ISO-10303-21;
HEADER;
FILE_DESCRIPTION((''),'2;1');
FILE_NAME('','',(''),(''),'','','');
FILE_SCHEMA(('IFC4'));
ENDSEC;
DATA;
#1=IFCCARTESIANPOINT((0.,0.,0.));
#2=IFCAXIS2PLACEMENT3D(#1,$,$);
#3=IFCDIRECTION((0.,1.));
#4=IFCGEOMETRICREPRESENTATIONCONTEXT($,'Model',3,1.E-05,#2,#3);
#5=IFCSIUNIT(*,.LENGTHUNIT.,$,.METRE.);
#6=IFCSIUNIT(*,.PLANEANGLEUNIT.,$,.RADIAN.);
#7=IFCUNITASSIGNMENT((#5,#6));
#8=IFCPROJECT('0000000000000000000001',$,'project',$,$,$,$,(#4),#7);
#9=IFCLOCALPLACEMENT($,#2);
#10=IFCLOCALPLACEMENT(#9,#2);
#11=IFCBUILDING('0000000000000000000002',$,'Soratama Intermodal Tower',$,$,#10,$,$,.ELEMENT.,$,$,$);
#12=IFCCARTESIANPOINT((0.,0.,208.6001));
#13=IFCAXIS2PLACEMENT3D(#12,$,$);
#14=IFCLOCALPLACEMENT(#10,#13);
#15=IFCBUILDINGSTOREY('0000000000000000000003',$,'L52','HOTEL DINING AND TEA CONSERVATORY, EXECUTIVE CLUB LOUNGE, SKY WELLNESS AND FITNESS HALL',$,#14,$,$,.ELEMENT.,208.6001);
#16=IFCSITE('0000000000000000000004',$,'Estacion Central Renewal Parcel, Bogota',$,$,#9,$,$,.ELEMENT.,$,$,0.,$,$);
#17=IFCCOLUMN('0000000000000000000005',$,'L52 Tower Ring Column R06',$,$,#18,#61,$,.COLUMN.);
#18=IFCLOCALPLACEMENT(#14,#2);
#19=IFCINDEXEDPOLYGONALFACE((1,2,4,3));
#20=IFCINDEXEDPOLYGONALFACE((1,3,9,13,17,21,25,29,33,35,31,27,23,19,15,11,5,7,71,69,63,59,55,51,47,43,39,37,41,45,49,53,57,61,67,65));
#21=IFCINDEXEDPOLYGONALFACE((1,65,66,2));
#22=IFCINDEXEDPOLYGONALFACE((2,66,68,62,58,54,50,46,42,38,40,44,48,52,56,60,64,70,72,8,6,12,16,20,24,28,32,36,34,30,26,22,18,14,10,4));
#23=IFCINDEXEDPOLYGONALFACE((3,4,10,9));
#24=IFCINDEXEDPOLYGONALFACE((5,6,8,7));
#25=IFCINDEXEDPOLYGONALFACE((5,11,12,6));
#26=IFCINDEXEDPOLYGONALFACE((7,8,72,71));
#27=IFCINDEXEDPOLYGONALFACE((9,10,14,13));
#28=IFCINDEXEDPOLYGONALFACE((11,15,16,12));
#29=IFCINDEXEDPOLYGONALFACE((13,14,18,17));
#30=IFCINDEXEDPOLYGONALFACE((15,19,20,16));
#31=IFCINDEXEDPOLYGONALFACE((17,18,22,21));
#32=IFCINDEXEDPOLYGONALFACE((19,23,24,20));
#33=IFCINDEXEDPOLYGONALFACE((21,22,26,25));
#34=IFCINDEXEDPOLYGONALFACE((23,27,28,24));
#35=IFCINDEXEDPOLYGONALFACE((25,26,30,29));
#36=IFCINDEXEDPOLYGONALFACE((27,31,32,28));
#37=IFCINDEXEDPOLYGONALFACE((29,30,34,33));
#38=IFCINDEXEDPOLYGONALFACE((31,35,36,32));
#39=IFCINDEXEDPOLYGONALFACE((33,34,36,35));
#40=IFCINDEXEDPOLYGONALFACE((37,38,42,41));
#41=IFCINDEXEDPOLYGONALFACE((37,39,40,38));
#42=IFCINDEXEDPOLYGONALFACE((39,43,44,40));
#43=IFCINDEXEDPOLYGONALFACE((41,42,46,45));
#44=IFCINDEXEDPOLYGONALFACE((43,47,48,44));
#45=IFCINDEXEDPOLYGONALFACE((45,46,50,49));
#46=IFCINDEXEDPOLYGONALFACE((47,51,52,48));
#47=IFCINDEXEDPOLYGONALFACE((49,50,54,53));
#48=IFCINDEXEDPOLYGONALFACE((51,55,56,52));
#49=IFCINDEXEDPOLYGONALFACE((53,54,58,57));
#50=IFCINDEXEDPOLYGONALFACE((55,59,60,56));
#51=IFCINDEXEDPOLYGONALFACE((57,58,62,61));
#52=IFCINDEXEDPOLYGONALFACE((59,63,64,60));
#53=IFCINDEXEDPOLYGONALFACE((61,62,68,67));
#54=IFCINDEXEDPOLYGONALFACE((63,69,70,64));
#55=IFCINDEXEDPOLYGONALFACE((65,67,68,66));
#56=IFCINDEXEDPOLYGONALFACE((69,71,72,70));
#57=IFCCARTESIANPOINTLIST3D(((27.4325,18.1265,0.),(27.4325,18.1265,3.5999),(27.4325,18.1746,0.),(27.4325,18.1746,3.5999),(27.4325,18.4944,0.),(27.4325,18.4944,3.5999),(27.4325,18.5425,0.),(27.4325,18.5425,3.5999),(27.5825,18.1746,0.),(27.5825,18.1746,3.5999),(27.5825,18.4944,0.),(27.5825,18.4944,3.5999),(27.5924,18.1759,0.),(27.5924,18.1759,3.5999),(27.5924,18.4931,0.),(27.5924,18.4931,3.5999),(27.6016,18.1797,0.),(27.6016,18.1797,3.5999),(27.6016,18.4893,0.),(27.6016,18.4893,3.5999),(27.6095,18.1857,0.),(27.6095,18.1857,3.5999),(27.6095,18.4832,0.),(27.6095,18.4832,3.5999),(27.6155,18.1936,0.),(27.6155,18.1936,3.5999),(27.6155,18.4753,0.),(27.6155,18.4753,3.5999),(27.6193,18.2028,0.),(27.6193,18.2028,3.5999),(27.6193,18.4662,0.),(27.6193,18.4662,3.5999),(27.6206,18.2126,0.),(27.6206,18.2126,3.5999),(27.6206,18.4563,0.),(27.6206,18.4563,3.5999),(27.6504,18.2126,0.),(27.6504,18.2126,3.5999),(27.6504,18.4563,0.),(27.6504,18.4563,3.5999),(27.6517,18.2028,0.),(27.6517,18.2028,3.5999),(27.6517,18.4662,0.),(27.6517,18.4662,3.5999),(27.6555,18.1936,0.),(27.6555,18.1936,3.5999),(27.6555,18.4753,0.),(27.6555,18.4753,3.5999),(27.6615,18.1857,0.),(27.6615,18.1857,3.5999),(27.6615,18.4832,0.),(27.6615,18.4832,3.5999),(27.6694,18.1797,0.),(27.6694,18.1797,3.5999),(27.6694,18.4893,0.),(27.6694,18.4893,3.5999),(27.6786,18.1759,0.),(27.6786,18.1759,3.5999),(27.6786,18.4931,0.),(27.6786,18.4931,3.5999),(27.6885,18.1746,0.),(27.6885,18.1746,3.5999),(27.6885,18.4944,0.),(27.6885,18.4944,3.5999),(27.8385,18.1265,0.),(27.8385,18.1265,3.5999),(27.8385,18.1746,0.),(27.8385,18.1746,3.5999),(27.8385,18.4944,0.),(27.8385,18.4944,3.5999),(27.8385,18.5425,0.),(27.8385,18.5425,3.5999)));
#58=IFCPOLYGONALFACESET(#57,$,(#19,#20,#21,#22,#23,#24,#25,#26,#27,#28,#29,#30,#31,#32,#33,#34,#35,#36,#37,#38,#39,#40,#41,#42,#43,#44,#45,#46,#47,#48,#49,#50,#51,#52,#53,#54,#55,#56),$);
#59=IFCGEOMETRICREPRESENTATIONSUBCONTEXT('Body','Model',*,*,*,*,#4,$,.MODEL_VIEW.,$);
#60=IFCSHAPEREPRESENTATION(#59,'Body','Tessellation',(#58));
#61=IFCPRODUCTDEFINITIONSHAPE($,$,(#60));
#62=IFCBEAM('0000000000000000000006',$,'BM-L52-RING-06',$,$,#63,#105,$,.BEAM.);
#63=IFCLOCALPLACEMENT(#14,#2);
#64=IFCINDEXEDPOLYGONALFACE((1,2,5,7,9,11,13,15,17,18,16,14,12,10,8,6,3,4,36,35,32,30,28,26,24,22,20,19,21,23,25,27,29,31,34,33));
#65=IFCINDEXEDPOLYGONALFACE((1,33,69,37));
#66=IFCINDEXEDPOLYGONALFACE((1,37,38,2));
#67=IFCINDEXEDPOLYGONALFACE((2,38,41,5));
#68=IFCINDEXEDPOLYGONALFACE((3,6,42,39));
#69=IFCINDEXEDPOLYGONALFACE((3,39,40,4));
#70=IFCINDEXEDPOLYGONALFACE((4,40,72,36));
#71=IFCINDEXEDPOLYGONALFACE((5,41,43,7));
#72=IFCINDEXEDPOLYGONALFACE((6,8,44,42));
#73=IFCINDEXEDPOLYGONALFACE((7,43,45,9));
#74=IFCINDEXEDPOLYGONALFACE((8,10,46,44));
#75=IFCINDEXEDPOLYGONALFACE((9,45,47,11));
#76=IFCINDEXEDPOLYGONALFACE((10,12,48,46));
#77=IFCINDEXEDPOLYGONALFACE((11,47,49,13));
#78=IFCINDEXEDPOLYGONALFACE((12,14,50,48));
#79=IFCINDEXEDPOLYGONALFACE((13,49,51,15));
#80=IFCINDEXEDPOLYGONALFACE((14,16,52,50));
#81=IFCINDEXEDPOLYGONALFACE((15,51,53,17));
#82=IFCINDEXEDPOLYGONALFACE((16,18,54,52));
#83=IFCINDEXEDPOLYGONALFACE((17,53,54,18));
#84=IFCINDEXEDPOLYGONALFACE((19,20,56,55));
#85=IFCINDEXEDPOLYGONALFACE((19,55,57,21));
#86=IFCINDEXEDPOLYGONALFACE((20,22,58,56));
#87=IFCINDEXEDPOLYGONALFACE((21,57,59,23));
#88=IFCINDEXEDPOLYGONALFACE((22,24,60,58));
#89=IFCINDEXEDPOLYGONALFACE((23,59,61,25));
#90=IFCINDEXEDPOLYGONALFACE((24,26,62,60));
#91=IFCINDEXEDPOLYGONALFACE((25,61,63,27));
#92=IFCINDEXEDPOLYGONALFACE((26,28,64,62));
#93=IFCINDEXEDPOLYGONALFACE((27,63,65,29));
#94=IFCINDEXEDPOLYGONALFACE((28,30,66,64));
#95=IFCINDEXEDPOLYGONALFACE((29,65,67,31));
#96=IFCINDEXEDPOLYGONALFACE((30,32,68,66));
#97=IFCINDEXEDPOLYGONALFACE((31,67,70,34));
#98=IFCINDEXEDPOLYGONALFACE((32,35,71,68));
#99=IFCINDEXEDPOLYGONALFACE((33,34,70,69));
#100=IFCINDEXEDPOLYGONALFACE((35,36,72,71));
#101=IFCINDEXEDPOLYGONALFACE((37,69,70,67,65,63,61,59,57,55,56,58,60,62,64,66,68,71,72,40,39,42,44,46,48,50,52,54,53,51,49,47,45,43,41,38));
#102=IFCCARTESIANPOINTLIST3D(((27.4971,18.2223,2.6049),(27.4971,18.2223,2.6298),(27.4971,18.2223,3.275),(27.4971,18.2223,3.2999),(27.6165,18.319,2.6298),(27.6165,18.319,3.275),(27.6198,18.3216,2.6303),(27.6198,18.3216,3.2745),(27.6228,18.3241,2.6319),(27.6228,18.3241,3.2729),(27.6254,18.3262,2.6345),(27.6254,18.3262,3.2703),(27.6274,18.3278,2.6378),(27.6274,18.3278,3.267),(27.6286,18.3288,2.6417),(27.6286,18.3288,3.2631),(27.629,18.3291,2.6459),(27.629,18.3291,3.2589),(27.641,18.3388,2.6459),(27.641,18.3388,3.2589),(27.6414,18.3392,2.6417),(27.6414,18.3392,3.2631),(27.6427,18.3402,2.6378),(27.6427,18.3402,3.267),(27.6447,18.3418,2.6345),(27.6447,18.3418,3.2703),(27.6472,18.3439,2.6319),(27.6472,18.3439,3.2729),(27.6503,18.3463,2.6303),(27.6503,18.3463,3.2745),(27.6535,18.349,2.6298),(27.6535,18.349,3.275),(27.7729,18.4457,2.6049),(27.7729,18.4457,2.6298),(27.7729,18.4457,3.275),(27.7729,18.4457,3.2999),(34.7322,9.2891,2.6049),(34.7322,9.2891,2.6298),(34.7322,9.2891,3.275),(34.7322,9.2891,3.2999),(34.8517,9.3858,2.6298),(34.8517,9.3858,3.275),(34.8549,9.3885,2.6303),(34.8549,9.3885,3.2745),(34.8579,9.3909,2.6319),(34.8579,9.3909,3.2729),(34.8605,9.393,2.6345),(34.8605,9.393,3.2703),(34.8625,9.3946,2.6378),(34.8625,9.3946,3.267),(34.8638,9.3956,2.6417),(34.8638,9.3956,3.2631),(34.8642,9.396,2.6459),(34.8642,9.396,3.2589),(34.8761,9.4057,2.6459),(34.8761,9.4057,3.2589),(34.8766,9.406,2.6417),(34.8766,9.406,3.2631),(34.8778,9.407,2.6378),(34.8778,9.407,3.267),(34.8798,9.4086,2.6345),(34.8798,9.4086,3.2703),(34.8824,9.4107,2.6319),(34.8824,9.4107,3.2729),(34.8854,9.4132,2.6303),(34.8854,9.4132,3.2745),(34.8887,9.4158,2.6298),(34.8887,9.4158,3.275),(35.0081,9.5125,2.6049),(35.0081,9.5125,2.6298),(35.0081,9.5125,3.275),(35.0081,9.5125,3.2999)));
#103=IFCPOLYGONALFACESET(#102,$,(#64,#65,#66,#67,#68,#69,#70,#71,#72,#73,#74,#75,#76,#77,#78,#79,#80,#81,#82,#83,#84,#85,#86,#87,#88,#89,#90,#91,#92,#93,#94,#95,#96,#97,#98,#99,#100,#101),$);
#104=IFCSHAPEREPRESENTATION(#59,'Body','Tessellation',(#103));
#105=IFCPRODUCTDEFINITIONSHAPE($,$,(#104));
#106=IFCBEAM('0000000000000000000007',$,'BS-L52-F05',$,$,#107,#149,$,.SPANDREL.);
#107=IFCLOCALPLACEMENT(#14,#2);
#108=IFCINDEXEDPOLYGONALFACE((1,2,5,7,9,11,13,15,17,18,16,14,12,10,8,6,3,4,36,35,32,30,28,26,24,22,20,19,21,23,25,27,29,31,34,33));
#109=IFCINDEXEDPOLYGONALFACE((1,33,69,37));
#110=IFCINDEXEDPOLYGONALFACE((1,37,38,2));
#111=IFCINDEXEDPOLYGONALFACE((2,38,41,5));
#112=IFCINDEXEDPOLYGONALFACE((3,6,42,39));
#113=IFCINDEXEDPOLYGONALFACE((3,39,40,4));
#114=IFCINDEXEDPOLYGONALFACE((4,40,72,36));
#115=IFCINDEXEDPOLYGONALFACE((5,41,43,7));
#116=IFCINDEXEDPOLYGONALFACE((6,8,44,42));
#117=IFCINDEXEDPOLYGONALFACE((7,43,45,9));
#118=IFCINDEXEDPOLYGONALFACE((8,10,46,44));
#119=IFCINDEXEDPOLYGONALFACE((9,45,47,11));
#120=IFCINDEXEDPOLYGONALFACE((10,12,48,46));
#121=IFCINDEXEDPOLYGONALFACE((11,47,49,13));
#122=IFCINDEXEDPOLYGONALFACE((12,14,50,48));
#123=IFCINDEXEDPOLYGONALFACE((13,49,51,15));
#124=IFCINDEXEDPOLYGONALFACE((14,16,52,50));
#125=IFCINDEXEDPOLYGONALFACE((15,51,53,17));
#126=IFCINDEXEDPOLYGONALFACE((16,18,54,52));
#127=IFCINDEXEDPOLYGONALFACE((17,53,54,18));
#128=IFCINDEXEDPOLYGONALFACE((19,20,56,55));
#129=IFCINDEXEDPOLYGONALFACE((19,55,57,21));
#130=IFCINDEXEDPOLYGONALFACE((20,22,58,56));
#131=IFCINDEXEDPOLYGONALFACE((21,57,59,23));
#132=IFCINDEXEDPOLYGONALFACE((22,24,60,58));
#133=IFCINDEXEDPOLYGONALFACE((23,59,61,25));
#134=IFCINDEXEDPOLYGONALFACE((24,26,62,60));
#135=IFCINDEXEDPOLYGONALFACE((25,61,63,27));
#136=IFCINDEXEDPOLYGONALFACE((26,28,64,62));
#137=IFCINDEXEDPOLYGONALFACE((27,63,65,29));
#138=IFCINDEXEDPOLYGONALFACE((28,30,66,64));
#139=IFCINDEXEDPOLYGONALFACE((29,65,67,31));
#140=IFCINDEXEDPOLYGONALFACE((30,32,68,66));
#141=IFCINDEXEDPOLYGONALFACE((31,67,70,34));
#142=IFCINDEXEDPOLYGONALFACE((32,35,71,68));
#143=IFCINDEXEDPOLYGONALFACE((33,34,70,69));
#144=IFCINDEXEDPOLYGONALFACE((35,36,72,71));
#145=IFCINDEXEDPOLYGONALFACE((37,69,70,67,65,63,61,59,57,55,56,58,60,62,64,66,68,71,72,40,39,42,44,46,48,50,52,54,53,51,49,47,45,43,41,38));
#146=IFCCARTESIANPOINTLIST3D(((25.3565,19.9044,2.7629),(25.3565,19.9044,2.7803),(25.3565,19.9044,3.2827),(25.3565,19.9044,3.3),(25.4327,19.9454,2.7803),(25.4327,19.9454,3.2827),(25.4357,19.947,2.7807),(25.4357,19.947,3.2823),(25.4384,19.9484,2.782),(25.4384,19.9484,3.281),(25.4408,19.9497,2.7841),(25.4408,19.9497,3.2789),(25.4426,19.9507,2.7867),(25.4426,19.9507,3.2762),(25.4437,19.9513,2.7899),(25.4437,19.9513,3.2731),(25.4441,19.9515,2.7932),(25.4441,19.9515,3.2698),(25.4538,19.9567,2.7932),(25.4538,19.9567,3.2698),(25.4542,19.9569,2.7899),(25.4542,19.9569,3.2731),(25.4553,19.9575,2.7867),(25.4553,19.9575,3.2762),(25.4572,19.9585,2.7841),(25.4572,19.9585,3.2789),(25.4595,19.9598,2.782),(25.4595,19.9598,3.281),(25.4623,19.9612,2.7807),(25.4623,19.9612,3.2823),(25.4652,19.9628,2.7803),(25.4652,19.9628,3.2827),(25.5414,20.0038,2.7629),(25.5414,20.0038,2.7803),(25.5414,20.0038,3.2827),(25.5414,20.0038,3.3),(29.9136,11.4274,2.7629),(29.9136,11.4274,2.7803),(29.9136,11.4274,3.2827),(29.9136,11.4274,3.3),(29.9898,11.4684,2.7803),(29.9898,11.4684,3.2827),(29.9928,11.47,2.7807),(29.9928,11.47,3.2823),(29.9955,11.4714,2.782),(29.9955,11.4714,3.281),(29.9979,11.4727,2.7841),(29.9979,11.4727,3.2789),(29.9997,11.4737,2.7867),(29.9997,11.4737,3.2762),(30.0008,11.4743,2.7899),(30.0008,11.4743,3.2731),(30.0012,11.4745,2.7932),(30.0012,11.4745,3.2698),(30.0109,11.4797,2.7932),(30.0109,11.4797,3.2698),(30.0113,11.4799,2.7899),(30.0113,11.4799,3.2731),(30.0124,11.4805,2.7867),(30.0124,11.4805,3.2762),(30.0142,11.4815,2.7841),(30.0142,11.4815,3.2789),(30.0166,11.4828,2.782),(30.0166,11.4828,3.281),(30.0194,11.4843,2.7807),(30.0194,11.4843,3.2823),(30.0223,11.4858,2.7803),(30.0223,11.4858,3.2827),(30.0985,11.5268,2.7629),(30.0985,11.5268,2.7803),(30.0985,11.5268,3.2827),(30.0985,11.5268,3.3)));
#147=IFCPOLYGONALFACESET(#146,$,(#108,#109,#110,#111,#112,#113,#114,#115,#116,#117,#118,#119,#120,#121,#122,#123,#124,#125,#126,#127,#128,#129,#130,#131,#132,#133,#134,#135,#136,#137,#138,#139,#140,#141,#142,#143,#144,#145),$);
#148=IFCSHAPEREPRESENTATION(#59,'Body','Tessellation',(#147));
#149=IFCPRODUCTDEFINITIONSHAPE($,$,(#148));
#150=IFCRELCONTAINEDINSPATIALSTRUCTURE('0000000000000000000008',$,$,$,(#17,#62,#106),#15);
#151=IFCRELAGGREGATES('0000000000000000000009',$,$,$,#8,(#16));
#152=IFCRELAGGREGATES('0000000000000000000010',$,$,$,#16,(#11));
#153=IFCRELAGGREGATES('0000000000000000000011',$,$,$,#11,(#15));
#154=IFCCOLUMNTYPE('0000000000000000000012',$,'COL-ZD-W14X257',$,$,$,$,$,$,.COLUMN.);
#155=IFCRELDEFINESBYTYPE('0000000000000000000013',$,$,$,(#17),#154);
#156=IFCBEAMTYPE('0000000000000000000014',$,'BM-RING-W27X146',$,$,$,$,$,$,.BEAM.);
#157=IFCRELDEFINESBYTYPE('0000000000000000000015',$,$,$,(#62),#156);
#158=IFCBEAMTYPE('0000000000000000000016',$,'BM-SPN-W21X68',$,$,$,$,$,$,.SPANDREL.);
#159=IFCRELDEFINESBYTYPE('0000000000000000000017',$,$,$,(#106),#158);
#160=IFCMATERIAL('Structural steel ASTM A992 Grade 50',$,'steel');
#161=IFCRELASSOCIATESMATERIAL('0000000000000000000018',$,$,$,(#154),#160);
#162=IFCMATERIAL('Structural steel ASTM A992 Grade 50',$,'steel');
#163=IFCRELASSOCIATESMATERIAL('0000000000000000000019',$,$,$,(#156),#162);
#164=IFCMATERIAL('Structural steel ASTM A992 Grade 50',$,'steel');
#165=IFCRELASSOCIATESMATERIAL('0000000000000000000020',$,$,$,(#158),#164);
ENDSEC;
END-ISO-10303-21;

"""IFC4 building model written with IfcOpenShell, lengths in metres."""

from ifc_helpers import new_model, si_unit, direction, frame, origin, origin_2d, place, context, subcontext, project, spatial, i_section, extrude, material, material_profile, profile_set, type_object, element, save


model = new_model("IFC4")

# Units and contexts
model_context = context("Model", 3, precision=1e-05, world=origin(), true_north=direction((0.0, 1.0)))
body_context = subcontext(model_context, "Body", "Model", "MODEL_VIEW")
ifc_project = project(units=[si_unit("LENGTHUNIT", "METRE"), si_unit("PLANEANGLEUNIT", "RADIAN")], contexts=[model_context])

# Site, building, storey
site_placement = place(None, origin())
site = spatial("IfcSite", under=ifc_project, at=site_placement, Name="Estacion Central Renewal Parcel, Bogota", CompositionType="ELEMENT", RefElevation=0.0)
building_placement = place(site_placement, origin())
building = spatial("IfcBuilding", under=site, at=building_placement, Name="Soratama Intermodal Tower", CompositionType="ELEMENT")
storey_placement = place(building_placement, frame((0.0, 0.0, 208.6001)))
storey = spatial("IfcBuildingStorey", under=building, at=storey_placement, Name="L52", Description="HOTEL DINING AND TEA CONSERVATORY, EXECUTIVE CLUB LOUNGE, SKY WELLNESS AND FITNESS HALL", CompositionType="ELEMENT", Elevation=208.6001)

# Column
ifc_material_1 = material(Name="Structural steel ASTM A992 Grade 50", Category="steel")
ifc_material_profile_1 = material_profile(ifc_material_1, i_section(OverallWidth=0.406, OverallDepth=0.416, WebThickness=0.0298, FlangeThickness=0.0481, FilletRadius=0.0381, at=origin_2d()), Name="W14X257")
ifc_profile_set_1 = profile_set([ifc_material_profile_1], Name="Structural steel ASTM A992 Grade 50")
column_type = type_object("IfcColumnType", Name="COL-ZD-W14X257", PredefinedType="COLUMN", material=ifc_profile_set_1)
column_placement = place(storey_placement, frame((27.6355, 18.3345, 0.0), z_axis=(0.0, 0.0, 1.0), x_axis=(1.0, 0.0, 0.0)))
element("IfcColumn", 1, at=column_placement, inside=storey, type_object=column_type, Name="L52 Tower Ring Column R06", PredefinedType="COLUMN", context=body_context, shape_type="SweptSolid", body=[
    extrude(i_section(OverallWidth=0.406, OverallDepth=0.416, WebThickness=0.0298, FlangeThickness=0.0481, FilletRadius=0.0381, at=origin_2d()), origin(), (0.0, 0.0, 1.0), 3.5999),
])

# Beams
ifc_material_2 = material(Name="Structural steel ASTM A992 Grade 50", Category="steel")
ifc_material_profile_2 = material_profile(ifc_material_2, i_section(OverallWidth=0.355, OverallDepth=0.6951, WebThickness=0.0154, FlangeThickness=0.0249, FilletRadius=0.0161, at=origin_2d()), Name="W27X146")
ifc_profile_set_2 = profile_set([ifc_material_profile_2], Name="Structural steel ASTM A992 Grade 50")
beam_type_1 = type_object("IfcBeamType", Name="BM-RING-W27X146", PredefinedType="BEAM", material=ifc_profile_set_2)
beam_1_placement = place(storey_placement, frame((27.635, 18.334, 2.9524), z_axis=(0.629385, -0.777094, 0.0), x_axis=(0.777094, 0.629385, 0.0)))
element("IfcBeam", 2, at=beam_1_placement, inside=storey, type_object=beam_type_1, Name="BM-L52-RING-06", PredefinedType="BEAM", context=body_context, shape_type="SweptSolid", body=[
    extrude(i_section(OverallWidth=0.355, OverallDepth=0.6951, WebThickness=0.0154, FlangeThickness=0.0249, FilletRadius=0.0161, at=origin_2d()), origin(), (0.0, 0.0, 1.0), 11.4956),
])
ifc_material_3 = material(Name="Structural steel ASTM A992 Grade 50", Category="steel")
ifc_material_profile_3 = material_profile(ifc_material_3, i_section(OverallWidth=0.21, OverallDepth=0.5371, WebThickness=0.011, FlangeThickness=0.0173, FilletRadius=0.0129, at=origin_2d()), Name="W21X68")
ifc_profile_set_3 = profile_set([ifc_material_profile_3], Name="Structural steel ASTM A992 Grade 50")
beam_type_2 = type_object("IfcBeamType", Name="BM-SPN-W21X68", PredefinedType="SPANDREL", material=ifc_profile_set_3)
beam_2_placement = place(storey_placement, frame((25.449, 19.9541, 3.0315), z_axis=(0.473501, -0.880793, 0.0), x_axis=(0.880793, 0.473501, 0.0)))
element("IfcBeam", 3, at=beam_2_placement, inside=storey, type_object=beam_type_2, Name="BS-L52-F05", PredefinedType="SPANDREL", context=body_context, shape_type="SweptSolid", body=[
    extrude(i_section(OverallWidth=0.21, OverallDepth=0.5371, WebThickness=0.011, FlangeThickness=0.0173, FilletRadius=0.0129, at=origin_2d()), origin(), (0.0, 0.0, 1.0), 9.6243),
])

save(model, "model.ifc")
